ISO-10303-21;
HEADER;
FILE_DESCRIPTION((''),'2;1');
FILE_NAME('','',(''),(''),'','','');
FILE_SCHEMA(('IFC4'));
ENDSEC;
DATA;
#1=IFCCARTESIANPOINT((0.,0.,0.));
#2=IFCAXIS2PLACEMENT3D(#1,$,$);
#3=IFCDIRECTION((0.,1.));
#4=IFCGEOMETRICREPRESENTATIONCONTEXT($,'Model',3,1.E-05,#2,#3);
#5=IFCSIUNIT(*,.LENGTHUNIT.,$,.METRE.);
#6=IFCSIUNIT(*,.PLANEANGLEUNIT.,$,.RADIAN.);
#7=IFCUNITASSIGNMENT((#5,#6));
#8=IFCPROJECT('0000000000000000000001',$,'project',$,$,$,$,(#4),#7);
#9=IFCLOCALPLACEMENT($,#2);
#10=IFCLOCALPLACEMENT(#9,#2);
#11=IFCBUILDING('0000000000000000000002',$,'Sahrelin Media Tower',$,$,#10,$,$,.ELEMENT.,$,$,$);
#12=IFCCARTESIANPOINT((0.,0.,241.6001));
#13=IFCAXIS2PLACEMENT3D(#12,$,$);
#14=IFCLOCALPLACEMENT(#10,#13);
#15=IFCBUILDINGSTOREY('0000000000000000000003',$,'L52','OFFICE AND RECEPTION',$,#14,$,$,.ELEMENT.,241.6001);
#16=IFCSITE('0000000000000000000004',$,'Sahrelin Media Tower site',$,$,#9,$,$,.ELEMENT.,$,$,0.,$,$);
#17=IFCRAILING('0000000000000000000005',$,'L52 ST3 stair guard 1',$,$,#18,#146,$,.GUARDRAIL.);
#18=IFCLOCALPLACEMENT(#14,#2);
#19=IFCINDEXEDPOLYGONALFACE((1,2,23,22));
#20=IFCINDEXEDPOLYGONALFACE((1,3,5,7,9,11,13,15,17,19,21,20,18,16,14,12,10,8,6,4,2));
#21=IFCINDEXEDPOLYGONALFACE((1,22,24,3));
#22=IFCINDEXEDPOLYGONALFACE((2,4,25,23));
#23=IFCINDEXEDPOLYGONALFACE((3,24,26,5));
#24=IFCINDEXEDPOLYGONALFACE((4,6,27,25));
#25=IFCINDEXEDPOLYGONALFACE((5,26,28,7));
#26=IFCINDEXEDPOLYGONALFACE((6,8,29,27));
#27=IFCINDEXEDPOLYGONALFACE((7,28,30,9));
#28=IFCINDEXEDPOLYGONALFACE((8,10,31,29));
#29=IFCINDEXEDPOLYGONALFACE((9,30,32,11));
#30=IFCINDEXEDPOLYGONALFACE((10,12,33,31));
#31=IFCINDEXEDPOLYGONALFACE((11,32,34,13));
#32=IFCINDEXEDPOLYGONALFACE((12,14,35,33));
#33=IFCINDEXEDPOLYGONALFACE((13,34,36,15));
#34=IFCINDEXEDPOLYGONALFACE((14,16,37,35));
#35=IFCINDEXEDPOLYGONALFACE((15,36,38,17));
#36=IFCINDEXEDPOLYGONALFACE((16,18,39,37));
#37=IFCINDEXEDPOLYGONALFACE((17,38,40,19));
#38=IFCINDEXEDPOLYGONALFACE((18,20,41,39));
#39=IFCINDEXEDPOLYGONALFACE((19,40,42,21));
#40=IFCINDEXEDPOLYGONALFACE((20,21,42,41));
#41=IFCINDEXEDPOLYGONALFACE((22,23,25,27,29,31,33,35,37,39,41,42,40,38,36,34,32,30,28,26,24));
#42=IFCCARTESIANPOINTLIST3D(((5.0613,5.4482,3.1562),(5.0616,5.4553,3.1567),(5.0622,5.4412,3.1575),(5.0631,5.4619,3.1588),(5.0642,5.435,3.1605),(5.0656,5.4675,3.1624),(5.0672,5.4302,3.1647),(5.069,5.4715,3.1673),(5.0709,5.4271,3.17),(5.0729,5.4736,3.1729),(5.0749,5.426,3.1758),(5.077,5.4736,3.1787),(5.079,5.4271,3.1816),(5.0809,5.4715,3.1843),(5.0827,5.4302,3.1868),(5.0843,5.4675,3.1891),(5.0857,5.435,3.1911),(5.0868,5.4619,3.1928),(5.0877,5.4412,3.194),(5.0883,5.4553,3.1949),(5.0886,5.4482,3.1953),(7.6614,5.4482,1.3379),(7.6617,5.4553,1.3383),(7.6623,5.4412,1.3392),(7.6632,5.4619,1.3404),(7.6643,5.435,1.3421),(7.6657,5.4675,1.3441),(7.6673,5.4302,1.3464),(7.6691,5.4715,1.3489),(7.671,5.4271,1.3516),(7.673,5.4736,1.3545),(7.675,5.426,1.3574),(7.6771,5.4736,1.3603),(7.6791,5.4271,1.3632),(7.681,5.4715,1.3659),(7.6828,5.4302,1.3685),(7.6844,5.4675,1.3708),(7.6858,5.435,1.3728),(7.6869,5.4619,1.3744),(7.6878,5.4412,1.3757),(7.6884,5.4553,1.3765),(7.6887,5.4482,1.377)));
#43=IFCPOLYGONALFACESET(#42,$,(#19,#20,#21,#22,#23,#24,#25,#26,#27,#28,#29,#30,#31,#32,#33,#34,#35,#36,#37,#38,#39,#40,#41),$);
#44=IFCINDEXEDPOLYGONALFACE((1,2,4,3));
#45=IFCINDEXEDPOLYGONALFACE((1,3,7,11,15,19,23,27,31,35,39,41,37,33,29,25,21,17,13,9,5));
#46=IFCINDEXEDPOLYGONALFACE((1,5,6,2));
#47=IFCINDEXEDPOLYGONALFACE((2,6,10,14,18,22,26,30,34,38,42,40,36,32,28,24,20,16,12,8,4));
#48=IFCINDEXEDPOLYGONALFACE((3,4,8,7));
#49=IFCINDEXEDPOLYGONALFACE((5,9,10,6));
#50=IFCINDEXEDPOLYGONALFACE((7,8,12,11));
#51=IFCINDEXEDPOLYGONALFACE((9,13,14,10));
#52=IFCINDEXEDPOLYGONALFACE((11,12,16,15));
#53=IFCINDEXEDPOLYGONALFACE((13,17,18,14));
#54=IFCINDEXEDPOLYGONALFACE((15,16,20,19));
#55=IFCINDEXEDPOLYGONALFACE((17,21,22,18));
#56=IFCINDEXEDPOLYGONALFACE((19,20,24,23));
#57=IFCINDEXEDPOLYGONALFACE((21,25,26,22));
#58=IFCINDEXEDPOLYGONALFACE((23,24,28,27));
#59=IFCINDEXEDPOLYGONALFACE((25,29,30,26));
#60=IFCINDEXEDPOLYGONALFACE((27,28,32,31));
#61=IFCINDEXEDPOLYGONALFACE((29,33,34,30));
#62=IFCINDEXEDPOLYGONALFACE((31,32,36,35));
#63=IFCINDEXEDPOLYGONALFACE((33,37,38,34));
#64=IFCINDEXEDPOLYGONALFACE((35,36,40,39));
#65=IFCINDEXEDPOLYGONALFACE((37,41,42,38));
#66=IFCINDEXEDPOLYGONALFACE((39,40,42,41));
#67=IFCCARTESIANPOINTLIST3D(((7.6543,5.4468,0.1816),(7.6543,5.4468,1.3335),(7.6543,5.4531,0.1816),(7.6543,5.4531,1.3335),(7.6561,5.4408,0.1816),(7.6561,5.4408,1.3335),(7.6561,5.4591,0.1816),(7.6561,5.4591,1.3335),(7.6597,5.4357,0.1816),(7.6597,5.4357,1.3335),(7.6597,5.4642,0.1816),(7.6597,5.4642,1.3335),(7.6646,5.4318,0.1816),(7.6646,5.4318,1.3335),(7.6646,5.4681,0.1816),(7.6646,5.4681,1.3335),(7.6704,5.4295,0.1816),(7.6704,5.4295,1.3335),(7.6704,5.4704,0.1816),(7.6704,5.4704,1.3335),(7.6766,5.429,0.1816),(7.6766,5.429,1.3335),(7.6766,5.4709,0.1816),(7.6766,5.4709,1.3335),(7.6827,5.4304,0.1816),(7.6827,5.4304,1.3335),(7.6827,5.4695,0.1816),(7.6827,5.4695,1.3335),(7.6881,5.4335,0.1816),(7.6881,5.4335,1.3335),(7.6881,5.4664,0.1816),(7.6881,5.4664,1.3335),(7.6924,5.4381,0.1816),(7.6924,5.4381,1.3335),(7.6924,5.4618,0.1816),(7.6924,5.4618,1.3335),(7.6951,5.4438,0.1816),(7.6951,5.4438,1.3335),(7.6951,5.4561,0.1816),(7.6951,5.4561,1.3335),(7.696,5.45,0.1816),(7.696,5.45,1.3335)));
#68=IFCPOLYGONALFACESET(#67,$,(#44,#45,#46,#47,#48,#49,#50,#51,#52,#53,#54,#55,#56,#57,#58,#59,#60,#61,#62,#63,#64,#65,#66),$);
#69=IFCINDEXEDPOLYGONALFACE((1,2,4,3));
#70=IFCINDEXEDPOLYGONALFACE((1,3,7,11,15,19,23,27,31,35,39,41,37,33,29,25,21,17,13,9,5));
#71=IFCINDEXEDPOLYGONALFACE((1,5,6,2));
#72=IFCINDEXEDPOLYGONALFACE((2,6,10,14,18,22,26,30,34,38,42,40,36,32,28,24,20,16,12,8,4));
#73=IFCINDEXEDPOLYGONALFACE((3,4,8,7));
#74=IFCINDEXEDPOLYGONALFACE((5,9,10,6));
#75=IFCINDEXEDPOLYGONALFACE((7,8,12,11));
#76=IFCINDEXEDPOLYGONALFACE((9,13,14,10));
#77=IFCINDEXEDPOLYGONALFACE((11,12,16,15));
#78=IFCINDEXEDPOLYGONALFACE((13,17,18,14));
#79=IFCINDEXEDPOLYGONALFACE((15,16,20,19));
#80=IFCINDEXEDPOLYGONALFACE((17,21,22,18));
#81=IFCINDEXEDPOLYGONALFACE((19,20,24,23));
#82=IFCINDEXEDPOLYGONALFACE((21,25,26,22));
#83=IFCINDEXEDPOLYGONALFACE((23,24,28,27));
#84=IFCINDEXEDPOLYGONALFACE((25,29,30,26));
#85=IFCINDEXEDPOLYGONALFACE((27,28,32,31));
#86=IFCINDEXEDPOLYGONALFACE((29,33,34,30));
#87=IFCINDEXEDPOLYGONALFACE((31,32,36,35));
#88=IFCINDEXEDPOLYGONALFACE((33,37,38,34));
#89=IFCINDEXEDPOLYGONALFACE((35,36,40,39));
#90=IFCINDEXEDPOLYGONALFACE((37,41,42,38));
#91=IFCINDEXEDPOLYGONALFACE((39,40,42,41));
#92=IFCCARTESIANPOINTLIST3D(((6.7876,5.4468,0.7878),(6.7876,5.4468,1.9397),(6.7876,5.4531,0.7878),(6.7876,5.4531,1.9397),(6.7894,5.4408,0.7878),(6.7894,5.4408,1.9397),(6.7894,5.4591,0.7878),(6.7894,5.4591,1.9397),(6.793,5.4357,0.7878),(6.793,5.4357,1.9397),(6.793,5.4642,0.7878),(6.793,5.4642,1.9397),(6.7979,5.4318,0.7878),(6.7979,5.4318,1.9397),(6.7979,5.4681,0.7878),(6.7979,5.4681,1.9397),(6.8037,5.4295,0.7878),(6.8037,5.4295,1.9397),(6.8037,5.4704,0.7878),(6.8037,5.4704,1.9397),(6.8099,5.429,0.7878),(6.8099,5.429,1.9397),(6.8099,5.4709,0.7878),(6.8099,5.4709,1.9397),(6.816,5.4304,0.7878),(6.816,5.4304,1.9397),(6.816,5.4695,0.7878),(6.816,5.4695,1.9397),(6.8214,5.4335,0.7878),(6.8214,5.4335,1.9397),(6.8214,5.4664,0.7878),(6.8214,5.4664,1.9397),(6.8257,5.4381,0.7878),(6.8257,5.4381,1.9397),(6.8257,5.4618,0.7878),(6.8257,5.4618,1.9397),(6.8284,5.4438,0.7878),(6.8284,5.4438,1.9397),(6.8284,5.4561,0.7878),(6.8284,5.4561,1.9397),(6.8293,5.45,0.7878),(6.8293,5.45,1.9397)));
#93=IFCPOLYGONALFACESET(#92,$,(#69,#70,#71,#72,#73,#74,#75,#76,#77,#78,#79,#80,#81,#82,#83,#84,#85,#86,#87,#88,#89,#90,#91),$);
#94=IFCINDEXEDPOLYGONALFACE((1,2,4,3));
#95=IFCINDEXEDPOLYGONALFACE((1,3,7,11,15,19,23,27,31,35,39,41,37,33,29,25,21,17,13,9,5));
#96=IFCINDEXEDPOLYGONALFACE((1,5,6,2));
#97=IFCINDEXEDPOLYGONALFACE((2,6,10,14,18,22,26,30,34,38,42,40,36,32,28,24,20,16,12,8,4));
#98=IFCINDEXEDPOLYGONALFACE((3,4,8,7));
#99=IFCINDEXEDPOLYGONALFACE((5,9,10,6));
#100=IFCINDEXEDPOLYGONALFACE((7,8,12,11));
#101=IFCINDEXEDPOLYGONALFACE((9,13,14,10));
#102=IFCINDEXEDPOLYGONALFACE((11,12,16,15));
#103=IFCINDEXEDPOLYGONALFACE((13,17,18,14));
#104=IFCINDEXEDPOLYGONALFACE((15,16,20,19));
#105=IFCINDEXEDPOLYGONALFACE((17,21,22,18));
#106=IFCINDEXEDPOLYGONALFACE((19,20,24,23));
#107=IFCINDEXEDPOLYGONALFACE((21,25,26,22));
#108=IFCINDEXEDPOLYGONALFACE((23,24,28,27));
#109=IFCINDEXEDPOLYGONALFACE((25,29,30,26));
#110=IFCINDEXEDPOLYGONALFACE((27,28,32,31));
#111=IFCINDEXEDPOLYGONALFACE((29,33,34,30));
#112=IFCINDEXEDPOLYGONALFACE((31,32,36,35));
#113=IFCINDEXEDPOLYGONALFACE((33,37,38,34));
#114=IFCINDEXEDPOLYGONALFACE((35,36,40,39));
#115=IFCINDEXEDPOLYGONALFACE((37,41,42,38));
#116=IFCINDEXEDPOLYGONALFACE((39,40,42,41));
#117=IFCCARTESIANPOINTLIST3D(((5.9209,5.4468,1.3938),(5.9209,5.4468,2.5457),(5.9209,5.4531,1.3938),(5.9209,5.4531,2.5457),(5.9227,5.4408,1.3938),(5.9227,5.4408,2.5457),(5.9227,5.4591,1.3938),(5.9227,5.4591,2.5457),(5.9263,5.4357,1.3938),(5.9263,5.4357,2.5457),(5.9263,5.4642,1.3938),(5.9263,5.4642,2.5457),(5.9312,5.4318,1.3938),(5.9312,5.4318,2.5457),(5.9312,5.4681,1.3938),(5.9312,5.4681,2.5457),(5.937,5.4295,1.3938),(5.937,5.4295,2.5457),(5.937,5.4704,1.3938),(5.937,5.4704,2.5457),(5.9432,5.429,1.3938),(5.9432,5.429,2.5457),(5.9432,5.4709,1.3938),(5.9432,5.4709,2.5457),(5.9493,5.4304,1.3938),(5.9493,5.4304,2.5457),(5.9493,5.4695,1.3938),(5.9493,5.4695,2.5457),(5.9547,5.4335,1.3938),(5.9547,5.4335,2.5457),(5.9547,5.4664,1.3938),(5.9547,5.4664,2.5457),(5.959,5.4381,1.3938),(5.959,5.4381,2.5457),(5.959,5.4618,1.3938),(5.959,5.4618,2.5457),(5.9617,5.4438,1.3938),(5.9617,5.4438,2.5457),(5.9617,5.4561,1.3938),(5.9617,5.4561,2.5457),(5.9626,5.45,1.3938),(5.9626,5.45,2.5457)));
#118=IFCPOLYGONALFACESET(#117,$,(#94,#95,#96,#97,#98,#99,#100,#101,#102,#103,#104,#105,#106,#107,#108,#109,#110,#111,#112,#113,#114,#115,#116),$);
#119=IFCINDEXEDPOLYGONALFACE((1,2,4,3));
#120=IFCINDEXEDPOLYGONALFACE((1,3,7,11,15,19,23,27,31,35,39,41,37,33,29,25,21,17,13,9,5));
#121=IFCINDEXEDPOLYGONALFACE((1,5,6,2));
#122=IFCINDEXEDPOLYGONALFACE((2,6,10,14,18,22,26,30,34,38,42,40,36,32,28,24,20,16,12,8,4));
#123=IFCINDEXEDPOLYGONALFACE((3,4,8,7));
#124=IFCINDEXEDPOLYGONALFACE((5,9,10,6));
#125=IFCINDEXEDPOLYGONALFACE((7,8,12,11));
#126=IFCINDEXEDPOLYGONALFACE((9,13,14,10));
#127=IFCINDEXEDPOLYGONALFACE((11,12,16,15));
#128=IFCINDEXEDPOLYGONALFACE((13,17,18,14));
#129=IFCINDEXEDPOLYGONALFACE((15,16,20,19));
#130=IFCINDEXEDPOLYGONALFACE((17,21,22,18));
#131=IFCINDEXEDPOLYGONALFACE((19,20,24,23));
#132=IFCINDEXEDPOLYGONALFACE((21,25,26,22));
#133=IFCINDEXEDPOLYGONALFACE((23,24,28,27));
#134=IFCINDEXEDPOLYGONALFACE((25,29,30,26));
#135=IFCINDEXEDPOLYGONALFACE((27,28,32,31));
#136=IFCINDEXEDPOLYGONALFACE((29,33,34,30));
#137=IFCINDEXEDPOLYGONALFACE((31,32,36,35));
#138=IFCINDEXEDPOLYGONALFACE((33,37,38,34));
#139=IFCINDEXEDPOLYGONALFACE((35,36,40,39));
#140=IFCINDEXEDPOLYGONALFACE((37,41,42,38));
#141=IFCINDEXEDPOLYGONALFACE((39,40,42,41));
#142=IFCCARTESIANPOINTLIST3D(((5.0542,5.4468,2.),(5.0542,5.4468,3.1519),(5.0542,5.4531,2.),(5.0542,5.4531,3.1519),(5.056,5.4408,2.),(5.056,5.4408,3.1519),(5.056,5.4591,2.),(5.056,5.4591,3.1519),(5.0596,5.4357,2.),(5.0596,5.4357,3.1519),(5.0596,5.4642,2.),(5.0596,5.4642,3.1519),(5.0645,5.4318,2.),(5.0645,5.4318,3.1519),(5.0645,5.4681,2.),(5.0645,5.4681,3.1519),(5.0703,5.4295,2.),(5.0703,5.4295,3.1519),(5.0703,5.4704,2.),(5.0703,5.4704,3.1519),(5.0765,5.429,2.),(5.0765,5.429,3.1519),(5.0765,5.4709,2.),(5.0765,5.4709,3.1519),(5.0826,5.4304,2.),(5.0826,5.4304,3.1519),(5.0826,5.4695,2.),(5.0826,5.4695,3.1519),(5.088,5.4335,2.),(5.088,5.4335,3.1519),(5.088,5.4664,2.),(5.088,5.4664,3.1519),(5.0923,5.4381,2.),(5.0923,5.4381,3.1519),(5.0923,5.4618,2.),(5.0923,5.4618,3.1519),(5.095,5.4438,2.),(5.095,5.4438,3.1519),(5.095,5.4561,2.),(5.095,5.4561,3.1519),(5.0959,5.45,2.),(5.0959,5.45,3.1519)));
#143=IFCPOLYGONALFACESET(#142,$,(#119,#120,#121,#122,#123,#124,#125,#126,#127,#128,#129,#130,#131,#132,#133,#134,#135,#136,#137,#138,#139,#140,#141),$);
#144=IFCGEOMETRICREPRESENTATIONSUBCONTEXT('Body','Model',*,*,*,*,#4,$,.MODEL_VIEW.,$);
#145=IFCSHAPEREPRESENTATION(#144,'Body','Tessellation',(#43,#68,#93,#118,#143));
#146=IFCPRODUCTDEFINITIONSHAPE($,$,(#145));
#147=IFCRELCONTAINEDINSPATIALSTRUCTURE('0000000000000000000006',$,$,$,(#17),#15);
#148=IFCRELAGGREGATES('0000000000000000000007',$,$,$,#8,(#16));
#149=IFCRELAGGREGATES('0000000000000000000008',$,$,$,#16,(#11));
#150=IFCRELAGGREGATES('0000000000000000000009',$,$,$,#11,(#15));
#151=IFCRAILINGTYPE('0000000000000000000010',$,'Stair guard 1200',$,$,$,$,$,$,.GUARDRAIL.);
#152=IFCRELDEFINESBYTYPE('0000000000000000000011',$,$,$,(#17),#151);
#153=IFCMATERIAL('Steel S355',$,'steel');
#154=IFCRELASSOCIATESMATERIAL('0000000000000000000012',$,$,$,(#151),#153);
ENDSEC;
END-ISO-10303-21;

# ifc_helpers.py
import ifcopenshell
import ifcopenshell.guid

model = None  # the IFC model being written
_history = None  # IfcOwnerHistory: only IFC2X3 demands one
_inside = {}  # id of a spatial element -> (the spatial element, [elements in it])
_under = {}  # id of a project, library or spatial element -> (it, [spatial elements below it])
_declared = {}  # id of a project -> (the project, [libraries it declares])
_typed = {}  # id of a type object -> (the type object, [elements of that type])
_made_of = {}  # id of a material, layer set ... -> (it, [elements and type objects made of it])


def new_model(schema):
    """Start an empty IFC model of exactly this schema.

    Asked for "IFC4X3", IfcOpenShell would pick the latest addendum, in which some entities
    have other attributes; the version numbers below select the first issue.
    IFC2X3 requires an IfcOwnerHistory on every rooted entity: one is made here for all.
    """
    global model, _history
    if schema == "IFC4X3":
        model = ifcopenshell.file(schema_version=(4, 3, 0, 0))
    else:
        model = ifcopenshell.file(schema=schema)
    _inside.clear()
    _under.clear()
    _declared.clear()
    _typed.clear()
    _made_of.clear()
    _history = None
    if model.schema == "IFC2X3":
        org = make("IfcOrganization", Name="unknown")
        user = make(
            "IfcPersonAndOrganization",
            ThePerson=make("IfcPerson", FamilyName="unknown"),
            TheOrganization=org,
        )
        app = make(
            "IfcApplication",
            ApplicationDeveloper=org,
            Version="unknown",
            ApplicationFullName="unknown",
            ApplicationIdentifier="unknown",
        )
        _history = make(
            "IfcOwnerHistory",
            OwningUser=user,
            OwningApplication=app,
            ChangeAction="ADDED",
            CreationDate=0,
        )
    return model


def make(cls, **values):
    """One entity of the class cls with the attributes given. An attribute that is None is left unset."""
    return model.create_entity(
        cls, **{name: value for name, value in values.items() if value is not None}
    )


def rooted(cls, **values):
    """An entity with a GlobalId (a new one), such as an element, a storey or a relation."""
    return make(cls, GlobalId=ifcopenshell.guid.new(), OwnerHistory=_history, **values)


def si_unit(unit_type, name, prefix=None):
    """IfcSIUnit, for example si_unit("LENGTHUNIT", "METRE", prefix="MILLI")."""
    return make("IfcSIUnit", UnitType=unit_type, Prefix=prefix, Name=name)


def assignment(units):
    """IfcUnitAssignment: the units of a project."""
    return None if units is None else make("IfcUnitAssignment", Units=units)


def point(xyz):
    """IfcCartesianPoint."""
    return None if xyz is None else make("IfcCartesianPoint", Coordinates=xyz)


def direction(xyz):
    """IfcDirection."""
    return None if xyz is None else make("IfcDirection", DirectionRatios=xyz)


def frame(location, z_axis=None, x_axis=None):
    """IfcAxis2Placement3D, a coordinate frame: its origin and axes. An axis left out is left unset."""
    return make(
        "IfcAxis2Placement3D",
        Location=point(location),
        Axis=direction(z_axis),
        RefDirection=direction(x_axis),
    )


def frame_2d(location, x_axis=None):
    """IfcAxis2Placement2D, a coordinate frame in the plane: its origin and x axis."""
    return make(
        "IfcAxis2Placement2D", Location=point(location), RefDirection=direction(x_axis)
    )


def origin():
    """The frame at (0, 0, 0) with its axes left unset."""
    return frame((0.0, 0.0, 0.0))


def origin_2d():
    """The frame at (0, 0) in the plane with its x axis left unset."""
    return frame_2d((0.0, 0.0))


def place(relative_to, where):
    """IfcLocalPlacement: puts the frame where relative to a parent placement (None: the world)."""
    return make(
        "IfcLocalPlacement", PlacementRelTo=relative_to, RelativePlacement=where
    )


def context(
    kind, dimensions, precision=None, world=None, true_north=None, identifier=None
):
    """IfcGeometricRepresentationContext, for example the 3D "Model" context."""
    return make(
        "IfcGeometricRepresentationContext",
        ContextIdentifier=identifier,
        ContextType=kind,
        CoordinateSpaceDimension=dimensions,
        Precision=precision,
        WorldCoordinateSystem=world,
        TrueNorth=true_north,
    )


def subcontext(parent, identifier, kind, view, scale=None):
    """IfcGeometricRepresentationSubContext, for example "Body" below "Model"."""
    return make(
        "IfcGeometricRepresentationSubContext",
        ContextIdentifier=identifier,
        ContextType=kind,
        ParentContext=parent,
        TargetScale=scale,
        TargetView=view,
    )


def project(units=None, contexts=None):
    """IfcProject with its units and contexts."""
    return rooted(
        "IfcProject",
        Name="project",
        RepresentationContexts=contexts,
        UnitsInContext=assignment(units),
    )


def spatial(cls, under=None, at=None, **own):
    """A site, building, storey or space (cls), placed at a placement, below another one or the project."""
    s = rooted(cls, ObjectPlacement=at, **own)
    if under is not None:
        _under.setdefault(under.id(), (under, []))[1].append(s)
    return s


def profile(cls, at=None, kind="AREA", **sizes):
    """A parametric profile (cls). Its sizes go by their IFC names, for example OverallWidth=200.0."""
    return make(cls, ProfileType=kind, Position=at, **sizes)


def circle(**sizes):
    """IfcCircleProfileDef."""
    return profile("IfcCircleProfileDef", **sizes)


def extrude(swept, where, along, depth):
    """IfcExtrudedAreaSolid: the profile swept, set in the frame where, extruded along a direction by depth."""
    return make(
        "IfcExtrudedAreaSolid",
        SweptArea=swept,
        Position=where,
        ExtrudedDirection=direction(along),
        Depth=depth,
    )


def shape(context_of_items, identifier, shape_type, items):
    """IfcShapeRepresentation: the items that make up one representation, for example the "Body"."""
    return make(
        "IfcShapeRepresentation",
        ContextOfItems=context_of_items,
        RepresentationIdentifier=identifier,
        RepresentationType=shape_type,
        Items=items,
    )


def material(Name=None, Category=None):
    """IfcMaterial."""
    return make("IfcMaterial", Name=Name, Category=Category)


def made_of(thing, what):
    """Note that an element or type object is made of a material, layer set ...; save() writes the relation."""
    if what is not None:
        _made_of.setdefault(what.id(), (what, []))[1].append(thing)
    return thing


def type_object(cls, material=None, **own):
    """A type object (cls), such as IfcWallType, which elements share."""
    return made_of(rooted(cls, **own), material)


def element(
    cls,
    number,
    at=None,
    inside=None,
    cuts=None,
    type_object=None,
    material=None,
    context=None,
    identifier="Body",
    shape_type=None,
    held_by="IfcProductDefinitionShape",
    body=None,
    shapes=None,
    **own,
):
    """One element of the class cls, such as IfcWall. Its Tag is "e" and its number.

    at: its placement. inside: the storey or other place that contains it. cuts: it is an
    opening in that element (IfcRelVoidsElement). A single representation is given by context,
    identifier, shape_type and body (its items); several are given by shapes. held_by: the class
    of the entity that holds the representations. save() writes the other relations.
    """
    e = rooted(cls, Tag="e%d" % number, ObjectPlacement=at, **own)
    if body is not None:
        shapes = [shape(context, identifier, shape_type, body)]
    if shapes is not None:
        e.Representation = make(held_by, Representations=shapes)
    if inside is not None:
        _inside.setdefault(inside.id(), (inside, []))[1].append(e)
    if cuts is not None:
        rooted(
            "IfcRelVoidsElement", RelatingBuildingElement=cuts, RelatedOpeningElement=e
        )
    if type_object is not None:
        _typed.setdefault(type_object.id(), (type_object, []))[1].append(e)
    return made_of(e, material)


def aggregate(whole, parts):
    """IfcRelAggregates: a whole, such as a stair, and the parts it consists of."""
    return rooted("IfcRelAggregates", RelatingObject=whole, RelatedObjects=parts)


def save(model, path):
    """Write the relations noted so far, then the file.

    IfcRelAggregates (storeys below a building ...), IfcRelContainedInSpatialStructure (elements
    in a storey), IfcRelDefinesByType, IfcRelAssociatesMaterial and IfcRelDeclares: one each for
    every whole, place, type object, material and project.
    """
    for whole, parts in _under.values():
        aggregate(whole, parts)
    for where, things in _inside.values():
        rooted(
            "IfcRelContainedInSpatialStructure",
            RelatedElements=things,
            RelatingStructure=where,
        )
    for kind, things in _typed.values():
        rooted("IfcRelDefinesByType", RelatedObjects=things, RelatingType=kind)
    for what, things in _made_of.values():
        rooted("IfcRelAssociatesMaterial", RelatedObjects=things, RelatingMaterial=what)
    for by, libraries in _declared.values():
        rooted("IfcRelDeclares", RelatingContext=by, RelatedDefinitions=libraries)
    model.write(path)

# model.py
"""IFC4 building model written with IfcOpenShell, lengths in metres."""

from ifc_helpers import new_model, si_unit, direction, frame, origin, origin_2d, place, context, subcontext, project, spatial, circle, extrude, material, type_object, element, save


model = new_model("IFC4")

# Units and contexts
model_context = context("Model", 3, precision=1e-05, world=origin(), true_north=direction((0.0, 1.0)))
body_context = subcontext(model_context, "Body", "Model", "MODEL_VIEW")
ifc_project = project(units=[si_unit("LENGTHUNIT", "METRE"), si_unit("PLANEANGLEUNIT", "RADIAN")], contexts=[model_context])

# Site, building, storey
site_placement = place(None, origin())
site = spatial("IfcSite", under=ifc_project, at=site_placement, Name="Sahrelin Media Tower site", CompositionType="ELEMENT", RefElevation=0.0)
building_placement = place(site_placement, origin())
building = spatial("IfcBuilding", under=site, at=building_placement, Name="Sahrelin Media Tower", CompositionType="ELEMENT")
storey_placement = place(building_placement, frame((0.0, 0.0, 241.6001)))
storey = spatial("IfcBuildingStorey", under=building, at=storey_placement, Name="L52", Description="OFFICE AND RECEPTION", CompositionType="ELEMENT", Elevation=241.6001)

# Shared definitions
ifc_material_1 = material(Name="Steel S355", Category="steel")

# Railing
railing_type_1 = type_object("IfcRailingType", Name="Stair guard 1200", PredefinedType="GUARDRAIL", material=ifc_material_1)
railing_1_placement = place(storey_placement, frame((7.675, 5.45, 0.1816)))
element("IfcRailing", 1, at=railing_1_placement, inside=storey, type_object=railing_type_1, Name="L52 ST3 stair guard 1", PredefinedType="GUARDRAIL", context=body_context, shape_type="SweptSolid", body=[
    extrude(circle(Radius=0.0239, at=origin_2d()), frame((0.0, 0.0, 1.1758), z_axis=(-0.819485, 0.0, 0.573101), x_axis=(0.0, -1.0, 0.0)), (0.0, 0.0, 1.0), 3.1729),
    extrude(circle(Radius=0.021, at=origin_2d()), origin(), (0.0, 0.0, 1.0), 1.1519),
    extrude(circle(Radius=0.021, at=origin_2d()), frame((-0.8667, 0.0, 0.6062)), (0.0, 0.0, 1.0), 1.1519),
    extrude(circle(Radius=0.021, at=origin_2d()), frame((-1.7334, 0.0, 1.2122)), (0.0, 0.0, 1.0), 1.1519),
    extrude(circle(Radius=0.021, at=origin_2d()), frame((-2.6001, 0.0, 1.8184)), (0.0, 0.0, 1.0), 1.1519),
])

save(model, "model.ifc")
